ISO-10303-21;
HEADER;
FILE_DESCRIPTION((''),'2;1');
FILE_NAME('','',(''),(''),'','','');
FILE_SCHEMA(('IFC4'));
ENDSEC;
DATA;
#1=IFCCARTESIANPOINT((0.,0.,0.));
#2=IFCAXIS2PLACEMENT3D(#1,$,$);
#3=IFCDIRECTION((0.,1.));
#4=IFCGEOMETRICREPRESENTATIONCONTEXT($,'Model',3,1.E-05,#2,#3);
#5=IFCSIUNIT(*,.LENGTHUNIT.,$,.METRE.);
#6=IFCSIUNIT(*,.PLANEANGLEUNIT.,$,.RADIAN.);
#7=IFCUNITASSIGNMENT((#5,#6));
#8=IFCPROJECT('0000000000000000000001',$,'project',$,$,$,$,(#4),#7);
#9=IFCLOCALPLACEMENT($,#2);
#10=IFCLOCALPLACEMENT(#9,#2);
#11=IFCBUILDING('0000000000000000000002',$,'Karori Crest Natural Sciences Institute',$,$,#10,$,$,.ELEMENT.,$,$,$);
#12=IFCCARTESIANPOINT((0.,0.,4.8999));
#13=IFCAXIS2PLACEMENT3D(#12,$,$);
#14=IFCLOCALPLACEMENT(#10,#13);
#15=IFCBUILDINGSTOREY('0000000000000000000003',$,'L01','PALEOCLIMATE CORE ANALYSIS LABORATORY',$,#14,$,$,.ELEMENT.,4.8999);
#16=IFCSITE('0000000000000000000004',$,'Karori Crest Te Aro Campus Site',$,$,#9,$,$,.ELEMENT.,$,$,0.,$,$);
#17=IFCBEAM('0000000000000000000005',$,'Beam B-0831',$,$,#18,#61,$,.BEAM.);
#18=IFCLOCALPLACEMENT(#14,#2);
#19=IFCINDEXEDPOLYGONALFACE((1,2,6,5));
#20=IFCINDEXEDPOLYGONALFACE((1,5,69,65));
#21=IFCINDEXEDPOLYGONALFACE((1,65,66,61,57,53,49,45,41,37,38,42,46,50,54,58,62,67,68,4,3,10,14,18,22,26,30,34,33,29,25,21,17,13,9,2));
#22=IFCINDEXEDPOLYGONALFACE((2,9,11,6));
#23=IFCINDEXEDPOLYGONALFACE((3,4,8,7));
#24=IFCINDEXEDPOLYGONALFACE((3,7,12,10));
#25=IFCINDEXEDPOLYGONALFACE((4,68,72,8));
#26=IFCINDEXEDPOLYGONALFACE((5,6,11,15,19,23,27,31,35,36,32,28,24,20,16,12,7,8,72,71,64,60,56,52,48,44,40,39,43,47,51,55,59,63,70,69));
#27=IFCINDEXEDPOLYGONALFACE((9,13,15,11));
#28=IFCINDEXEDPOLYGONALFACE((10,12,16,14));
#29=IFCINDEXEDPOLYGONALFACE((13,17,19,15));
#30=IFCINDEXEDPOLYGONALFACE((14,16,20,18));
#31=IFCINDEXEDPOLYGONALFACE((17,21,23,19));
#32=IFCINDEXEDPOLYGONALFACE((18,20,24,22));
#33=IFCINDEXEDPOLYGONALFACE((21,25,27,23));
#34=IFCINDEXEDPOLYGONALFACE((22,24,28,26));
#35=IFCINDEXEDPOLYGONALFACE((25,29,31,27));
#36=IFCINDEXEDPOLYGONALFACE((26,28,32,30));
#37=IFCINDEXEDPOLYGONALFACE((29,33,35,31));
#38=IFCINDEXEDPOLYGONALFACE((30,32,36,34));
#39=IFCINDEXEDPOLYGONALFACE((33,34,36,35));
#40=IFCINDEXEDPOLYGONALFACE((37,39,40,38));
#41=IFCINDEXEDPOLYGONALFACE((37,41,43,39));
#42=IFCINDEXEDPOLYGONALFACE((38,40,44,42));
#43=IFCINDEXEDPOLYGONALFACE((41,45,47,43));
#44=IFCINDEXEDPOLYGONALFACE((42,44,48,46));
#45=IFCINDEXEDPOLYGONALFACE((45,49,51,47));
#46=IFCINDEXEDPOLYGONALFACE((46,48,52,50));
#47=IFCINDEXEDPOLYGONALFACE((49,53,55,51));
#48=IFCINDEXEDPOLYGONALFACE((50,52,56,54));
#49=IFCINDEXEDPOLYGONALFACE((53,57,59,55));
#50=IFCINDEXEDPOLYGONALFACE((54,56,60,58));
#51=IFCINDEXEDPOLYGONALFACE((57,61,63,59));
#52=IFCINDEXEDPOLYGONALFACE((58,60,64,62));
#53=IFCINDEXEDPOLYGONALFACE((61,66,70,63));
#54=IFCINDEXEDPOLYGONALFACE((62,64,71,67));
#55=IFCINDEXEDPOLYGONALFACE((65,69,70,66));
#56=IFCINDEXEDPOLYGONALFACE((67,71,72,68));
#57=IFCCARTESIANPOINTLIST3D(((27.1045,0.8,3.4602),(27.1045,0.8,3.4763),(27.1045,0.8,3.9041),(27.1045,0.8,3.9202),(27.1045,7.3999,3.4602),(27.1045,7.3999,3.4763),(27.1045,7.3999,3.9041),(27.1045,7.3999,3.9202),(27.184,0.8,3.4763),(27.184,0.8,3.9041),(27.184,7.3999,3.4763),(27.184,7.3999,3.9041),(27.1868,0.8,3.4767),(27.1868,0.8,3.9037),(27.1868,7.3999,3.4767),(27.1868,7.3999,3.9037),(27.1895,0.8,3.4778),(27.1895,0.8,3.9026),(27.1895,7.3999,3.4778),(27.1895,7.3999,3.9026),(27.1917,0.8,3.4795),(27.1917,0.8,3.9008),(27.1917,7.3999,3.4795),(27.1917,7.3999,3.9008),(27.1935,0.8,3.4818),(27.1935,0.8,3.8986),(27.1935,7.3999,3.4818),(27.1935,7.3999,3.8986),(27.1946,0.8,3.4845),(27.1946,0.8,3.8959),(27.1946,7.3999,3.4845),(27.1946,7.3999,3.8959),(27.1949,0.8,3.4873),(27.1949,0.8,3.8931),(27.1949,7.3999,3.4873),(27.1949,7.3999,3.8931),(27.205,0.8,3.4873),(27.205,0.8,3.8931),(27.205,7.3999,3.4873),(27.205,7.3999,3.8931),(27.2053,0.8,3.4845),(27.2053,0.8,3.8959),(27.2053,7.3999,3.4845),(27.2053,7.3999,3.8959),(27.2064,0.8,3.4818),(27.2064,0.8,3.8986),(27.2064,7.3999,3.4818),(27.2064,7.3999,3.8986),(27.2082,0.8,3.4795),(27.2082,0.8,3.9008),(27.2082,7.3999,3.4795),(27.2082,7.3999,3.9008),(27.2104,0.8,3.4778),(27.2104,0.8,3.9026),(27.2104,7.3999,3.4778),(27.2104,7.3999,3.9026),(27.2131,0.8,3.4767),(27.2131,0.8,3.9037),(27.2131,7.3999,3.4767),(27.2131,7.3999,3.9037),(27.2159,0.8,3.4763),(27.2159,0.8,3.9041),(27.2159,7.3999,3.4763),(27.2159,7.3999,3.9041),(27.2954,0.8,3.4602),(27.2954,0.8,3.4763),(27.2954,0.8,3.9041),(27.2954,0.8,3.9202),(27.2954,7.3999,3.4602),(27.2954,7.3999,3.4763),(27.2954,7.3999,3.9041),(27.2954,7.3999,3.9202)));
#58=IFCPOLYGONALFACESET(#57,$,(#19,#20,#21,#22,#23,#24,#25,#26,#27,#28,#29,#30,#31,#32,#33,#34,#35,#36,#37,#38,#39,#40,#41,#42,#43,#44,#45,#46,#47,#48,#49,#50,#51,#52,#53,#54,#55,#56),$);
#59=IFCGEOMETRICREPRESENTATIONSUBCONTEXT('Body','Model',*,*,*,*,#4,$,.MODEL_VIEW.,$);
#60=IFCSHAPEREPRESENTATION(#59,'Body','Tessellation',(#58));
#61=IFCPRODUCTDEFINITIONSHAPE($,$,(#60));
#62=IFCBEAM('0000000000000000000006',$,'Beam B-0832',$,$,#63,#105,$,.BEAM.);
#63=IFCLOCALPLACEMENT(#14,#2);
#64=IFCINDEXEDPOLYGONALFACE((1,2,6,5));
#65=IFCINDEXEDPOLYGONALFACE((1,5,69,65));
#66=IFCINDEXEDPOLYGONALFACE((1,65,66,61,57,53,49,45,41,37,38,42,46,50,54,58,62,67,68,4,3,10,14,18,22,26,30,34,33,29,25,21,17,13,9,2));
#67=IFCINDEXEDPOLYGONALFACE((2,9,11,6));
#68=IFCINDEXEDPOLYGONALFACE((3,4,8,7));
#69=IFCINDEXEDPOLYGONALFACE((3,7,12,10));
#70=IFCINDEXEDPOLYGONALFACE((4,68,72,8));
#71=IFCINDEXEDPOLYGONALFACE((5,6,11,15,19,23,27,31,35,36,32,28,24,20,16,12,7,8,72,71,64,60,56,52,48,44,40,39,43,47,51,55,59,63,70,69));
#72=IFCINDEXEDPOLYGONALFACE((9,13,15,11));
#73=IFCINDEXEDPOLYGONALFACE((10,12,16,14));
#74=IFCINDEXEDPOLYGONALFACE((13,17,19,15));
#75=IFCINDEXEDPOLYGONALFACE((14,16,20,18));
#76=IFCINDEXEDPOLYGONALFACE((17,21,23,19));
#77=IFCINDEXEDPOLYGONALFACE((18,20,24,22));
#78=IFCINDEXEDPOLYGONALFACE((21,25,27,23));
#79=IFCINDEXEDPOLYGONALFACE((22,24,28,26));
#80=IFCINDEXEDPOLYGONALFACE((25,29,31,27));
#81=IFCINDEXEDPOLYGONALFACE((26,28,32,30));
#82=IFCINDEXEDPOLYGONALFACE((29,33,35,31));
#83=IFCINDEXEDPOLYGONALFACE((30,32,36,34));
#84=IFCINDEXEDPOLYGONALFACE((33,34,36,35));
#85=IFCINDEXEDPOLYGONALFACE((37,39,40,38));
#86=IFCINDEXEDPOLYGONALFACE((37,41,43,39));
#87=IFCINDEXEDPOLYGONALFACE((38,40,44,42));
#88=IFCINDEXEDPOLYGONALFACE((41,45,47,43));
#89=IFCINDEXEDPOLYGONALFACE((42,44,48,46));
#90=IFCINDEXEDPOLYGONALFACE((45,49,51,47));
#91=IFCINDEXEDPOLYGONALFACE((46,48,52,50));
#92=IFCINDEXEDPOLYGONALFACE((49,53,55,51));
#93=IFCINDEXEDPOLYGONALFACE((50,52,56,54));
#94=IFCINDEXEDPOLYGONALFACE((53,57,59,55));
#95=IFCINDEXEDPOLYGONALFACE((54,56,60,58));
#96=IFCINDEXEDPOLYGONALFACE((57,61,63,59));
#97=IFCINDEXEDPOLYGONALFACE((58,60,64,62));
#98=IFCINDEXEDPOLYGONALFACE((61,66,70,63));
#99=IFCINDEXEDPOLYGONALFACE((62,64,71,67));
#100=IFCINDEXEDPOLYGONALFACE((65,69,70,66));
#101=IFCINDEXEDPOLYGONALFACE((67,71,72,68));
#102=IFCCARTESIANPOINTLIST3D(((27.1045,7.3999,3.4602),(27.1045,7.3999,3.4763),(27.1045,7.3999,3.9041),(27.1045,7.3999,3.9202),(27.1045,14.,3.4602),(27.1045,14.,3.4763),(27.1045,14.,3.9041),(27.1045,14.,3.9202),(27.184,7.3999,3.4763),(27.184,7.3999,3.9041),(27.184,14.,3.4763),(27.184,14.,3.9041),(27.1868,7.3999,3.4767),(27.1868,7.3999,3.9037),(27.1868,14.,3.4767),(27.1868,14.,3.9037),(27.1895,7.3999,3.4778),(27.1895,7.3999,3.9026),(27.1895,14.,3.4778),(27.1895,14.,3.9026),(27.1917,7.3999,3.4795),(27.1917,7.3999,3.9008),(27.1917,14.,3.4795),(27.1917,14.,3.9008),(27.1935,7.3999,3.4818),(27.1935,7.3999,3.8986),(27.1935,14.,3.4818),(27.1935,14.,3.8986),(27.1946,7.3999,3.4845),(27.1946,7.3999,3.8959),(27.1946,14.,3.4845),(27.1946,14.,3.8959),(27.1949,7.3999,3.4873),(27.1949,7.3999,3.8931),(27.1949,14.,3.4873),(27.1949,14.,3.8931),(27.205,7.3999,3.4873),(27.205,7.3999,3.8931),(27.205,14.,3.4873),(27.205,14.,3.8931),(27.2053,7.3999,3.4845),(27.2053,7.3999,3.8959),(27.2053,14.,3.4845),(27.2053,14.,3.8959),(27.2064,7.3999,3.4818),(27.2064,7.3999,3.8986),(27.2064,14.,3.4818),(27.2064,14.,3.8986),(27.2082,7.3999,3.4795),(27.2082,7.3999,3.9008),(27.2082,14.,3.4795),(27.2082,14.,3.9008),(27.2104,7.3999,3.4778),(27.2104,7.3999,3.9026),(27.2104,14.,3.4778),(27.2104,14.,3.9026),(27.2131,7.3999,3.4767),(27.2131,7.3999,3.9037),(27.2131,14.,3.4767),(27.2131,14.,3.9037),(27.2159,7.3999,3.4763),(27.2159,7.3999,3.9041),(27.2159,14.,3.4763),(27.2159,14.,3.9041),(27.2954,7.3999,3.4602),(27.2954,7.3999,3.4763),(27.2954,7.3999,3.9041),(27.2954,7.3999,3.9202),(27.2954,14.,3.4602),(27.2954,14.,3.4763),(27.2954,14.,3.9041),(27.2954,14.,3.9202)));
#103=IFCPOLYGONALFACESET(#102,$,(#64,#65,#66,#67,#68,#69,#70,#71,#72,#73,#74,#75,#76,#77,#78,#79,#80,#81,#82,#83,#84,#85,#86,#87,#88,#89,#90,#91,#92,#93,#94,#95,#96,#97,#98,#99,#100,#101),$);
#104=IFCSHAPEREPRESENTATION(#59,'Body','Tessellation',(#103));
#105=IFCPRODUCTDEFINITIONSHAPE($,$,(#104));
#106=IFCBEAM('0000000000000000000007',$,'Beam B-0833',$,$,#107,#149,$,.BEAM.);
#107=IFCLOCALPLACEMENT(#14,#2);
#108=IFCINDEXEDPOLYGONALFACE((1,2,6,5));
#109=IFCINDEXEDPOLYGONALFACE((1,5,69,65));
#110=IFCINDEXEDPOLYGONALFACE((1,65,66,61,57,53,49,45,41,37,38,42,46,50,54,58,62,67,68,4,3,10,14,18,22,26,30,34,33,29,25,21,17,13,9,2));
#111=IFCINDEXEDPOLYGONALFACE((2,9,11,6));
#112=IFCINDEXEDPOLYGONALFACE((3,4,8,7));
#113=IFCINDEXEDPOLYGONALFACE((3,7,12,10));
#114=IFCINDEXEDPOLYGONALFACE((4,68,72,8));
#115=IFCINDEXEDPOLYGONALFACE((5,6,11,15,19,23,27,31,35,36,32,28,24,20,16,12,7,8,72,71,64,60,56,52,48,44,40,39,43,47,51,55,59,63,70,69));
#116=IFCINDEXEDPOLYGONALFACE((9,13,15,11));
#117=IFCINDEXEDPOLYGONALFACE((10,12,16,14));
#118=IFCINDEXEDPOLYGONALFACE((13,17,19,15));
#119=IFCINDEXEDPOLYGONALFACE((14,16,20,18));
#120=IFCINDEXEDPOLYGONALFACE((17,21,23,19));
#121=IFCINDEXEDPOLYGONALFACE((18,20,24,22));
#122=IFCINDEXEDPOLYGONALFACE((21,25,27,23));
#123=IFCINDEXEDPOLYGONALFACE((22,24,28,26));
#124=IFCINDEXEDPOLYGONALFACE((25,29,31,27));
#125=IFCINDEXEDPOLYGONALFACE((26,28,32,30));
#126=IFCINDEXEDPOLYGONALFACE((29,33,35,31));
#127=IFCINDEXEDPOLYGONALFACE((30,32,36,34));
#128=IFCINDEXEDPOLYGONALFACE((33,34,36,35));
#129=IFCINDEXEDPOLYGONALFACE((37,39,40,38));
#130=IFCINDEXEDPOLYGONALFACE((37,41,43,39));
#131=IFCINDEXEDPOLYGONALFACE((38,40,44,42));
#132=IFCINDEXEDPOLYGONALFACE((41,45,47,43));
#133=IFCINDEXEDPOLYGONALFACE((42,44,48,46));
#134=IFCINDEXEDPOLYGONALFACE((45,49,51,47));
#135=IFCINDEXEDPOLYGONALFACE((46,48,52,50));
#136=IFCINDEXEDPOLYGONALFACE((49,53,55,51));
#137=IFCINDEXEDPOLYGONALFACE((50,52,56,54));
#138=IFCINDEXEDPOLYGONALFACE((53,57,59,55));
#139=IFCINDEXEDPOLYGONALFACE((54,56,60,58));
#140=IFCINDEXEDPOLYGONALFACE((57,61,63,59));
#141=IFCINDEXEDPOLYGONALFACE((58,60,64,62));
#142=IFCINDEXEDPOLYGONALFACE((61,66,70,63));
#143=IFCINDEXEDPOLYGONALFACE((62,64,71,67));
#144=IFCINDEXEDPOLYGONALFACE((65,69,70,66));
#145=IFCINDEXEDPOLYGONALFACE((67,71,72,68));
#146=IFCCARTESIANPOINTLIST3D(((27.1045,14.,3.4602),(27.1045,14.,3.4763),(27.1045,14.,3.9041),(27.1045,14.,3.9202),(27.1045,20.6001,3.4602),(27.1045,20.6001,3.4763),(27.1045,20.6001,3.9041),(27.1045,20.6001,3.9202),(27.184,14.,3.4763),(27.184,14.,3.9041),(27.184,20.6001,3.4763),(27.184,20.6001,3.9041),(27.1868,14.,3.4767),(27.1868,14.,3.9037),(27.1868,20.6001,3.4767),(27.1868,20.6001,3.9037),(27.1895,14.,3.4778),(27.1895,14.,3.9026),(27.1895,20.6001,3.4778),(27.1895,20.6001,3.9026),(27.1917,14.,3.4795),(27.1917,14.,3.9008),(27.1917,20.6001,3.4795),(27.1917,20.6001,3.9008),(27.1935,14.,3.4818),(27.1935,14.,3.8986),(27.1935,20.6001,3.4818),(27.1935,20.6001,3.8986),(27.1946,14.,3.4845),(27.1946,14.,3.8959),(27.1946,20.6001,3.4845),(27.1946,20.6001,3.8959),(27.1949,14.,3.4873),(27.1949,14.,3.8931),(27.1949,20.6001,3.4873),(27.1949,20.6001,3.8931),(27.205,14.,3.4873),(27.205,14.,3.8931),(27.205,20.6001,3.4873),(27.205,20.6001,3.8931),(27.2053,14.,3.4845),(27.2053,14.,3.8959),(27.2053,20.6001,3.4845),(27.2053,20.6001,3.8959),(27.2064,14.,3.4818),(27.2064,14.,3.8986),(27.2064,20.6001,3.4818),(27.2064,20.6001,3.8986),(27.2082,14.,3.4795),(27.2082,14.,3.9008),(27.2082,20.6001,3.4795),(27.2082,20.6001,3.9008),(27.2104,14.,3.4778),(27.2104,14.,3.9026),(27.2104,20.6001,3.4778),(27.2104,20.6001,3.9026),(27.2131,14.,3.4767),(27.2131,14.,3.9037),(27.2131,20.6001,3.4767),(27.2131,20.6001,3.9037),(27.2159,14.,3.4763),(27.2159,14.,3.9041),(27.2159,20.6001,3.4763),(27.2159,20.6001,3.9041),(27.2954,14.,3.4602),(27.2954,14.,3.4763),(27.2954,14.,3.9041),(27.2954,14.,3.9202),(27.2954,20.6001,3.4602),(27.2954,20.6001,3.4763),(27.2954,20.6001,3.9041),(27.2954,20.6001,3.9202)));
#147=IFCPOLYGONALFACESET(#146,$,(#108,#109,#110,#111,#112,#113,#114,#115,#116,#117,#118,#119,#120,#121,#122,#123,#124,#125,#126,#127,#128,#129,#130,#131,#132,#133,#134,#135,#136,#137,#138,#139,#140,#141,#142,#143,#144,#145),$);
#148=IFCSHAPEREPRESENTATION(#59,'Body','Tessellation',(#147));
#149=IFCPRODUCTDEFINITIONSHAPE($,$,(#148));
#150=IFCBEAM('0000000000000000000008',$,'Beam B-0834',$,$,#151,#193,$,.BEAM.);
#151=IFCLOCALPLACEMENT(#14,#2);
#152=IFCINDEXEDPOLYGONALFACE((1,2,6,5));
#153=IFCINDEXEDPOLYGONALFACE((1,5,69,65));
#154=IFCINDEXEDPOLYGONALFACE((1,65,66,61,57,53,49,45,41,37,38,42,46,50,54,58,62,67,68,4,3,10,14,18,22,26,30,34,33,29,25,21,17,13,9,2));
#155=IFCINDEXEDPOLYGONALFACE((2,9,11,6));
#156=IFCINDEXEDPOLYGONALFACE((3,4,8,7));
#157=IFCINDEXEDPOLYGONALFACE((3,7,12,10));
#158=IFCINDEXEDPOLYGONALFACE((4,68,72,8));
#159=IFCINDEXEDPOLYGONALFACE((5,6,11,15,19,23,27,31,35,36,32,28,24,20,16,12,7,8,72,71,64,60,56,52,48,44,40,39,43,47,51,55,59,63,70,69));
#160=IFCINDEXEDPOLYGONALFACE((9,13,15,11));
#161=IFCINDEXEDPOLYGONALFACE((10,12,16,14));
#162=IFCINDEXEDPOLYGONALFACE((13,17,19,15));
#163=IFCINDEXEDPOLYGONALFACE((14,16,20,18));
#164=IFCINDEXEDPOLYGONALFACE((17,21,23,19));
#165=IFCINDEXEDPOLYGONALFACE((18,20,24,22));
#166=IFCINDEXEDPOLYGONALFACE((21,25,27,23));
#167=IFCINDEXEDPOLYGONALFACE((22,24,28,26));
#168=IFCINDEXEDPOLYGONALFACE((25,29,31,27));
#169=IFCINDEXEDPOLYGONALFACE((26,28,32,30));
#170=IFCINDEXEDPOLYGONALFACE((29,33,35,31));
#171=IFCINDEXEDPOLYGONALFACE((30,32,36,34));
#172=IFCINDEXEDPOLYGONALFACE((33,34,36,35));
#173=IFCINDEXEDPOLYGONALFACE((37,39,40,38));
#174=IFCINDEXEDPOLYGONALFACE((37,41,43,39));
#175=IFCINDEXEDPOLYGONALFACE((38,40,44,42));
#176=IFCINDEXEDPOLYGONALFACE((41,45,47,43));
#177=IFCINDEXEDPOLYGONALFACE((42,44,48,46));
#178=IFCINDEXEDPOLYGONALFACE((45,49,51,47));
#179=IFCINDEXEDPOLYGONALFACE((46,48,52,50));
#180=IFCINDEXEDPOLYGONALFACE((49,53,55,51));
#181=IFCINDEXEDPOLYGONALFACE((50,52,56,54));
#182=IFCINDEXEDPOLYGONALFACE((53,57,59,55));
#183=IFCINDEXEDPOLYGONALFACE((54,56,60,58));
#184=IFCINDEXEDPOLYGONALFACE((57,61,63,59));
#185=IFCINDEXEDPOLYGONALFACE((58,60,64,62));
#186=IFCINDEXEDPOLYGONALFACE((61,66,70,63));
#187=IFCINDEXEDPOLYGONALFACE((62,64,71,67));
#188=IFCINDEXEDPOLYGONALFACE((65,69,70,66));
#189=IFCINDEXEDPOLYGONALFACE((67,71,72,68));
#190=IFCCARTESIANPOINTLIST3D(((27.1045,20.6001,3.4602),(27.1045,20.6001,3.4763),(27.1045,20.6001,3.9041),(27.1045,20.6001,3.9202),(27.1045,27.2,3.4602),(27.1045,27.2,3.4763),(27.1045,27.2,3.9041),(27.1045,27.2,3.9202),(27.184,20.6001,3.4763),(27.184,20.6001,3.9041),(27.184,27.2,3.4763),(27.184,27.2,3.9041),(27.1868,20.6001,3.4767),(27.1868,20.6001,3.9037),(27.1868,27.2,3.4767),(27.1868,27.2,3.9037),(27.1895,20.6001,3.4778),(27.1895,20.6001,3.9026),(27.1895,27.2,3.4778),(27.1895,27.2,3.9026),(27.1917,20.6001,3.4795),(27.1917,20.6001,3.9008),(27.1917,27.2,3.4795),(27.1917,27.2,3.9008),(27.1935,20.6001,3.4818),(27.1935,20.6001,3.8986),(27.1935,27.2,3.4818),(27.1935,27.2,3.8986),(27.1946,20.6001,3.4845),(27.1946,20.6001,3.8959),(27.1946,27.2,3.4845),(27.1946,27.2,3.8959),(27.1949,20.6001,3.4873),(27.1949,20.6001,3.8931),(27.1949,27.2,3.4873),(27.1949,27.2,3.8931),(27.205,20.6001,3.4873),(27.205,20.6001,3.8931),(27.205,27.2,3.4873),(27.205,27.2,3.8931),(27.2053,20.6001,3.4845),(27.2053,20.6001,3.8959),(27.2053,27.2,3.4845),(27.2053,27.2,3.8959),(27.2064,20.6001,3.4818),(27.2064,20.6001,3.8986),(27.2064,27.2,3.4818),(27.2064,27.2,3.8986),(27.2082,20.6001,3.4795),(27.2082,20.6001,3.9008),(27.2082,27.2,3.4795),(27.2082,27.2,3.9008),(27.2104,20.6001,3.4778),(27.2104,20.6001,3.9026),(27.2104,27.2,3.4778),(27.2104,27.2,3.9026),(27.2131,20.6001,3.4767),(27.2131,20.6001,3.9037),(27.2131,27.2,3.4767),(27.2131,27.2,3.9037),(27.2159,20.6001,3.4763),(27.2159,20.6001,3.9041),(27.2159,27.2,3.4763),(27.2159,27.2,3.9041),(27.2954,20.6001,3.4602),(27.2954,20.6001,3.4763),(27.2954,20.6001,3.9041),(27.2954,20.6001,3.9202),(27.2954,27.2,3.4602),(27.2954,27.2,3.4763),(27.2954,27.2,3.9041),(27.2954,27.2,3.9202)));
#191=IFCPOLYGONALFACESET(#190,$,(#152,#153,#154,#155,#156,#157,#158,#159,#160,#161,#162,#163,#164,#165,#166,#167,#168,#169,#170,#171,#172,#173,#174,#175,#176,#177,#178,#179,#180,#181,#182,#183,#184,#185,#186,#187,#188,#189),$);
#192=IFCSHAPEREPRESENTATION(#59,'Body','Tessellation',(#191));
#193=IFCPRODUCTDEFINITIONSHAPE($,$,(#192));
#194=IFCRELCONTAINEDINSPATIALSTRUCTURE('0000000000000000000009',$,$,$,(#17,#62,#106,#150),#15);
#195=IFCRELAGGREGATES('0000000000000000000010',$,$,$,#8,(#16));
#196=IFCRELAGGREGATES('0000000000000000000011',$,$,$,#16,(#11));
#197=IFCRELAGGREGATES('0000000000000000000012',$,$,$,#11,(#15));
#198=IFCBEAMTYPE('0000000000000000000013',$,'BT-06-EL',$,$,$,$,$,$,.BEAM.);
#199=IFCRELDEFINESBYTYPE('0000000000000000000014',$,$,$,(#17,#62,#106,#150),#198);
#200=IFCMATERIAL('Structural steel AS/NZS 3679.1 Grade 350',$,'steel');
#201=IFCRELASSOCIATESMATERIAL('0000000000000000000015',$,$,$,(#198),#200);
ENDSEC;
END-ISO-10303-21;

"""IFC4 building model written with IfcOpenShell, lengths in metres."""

from ifc_helpers import new_model, si_unit, direction, frame, origin, origin_2d, place, context, subcontext, project, spatial, i_section, extrude, material, material_profile, profile_set, type_object, element, save


model = new_model("IFC4")

# Units and contexts
model_context = context("Model", 3, precision=1e-05, world=origin(), true_north=direction((0.0, 1.0)))
body_context = subcontext(model_context, "Body", "Model", "MODEL_VIEW")
ifc_project = project(units=[si_unit("LENGTHUNIT", "METRE"), si_unit("PLANEANGLEUNIT", "RADIAN")], contexts=[model_context])

# Site, building, storey
site_placement = place(None, origin())
site = spatial("IfcSite", under=ifc_project, at=site_placement, Name="Karori Crest Te Aro Campus Site", CompositionType="ELEMENT", RefElevation=0.0)
building_placement = place(site_placement, origin())
building = spatial("IfcBuilding", under=site, at=building_placement, Name="Karori Crest Natural Sciences Institute", CompositionType="ELEMENT")
storey_placement = place(building_placement, frame((0.0, 0.0, 4.8999)))
storey = spatial("IfcBuildingStorey", under=building, at=storey_placement, Name="L01", Description="PALEOCLIMATE CORE ANALYSIS LABORATORY", CompositionType="ELEMENT", Elevation=4.8999)

# Shared definitions
ifc_material_1 = material(Name="Structural steel AS/NZS 3679.1 Grade 350", Category="steel")

# Beams
ifc_material_profile_1 = material_profile(ifc_material_1, i_section(OverallWidth=0.1909, OverallDepth=0.46, WebThickness=0.01, FlangeThickness=0.0161, FilletRadius=0.011, at=origin_2d()), Name="460UB82.1")
ifc_profile_set_1 = profile_set([ifc_material_profile_1], Name="Structural steel AS/NZS 3679.1 Grade 350")
beam_type = type_object("IfcBeamType", Name="BT-06-EL", PredefinedType="BEAM", material=ifc_profile_set_1)
beam_1_placement = place(storey_placement, frame((27.2, 0.8, 3.6902), z_axis=(0.0, 1.0, 0.0), x_axis=(-1.0, 0.0, 0.0)))
element("IfcBeam", 1, at=beam_1_placement, inside=storey, type_object=beam_type, Name="Beam B-0831", PredefinedType="BEAM", context=body_context, shape_type="SweptSolid", body=[
    extrude(i_section(OverallWidth=0.1909, OverallDepth=0.46, WebThickness=0.01, FlangeThickness=0.0161, FilletRadius=0.011, at=origin_2d()), origin(), (0.0, 0.0, 1.0), 6.5999),
])
for number, where, z_axis, x_axis, name in (
    (2, (27.2, 7.3999, 3.6902), (0.0, 1.0, 0.0), (-1.0, 0.0, 0.0), "Beam B-0832"),
    (3, (27.2, 14.0, 3.6902), (0.0, 1.0, 0.0), (-1.0, 0.0, 0.0), "Beam B-0833"),
):
    element("IfcBeam", number, at=place(storey_placement, frame(where, z_axis=z_axis, x_axis=x_axis)), inside=storey, type_object=beam_type, Name=name, PredefinedType="BEAM", context=body_context, shape_type="SweptSolid", body=[
        extrude(i_section(OverallWidth=0.1909, OverallDepth=0.46, WebThickness=0.01, FlangeThickness=0.0161, FilletRadius=0.011, at=origin_2d()), origin(), (0.0, 0.0, 1.0), 6.6001),
    ])
beam_2_placement = place(storey_placement, frame((27.2, 20.6001, 3.6902), z_axis=(0.0, 1.0, 0.0), x_axis=(-1.0, 0.0, 0.0)))
element("IfcBeam", 4, at=beam_2_placement, inside=storey, type_object=beam_type, Name="Beam B-0834", PredefinedType="BEAM", context=body_context, shape_type="SweptSolid", body=[
    extrude(i_section(OverallWidth=0.1909, OverallDepth=0.46, WebThickness=0.01, FlangeThickness=0.0161, FilletRadius=0.011, at=origin_2d()), origin(), (0.0, 0.0, 1.0), 6.5999),
])

save(model, "model.ifc")
